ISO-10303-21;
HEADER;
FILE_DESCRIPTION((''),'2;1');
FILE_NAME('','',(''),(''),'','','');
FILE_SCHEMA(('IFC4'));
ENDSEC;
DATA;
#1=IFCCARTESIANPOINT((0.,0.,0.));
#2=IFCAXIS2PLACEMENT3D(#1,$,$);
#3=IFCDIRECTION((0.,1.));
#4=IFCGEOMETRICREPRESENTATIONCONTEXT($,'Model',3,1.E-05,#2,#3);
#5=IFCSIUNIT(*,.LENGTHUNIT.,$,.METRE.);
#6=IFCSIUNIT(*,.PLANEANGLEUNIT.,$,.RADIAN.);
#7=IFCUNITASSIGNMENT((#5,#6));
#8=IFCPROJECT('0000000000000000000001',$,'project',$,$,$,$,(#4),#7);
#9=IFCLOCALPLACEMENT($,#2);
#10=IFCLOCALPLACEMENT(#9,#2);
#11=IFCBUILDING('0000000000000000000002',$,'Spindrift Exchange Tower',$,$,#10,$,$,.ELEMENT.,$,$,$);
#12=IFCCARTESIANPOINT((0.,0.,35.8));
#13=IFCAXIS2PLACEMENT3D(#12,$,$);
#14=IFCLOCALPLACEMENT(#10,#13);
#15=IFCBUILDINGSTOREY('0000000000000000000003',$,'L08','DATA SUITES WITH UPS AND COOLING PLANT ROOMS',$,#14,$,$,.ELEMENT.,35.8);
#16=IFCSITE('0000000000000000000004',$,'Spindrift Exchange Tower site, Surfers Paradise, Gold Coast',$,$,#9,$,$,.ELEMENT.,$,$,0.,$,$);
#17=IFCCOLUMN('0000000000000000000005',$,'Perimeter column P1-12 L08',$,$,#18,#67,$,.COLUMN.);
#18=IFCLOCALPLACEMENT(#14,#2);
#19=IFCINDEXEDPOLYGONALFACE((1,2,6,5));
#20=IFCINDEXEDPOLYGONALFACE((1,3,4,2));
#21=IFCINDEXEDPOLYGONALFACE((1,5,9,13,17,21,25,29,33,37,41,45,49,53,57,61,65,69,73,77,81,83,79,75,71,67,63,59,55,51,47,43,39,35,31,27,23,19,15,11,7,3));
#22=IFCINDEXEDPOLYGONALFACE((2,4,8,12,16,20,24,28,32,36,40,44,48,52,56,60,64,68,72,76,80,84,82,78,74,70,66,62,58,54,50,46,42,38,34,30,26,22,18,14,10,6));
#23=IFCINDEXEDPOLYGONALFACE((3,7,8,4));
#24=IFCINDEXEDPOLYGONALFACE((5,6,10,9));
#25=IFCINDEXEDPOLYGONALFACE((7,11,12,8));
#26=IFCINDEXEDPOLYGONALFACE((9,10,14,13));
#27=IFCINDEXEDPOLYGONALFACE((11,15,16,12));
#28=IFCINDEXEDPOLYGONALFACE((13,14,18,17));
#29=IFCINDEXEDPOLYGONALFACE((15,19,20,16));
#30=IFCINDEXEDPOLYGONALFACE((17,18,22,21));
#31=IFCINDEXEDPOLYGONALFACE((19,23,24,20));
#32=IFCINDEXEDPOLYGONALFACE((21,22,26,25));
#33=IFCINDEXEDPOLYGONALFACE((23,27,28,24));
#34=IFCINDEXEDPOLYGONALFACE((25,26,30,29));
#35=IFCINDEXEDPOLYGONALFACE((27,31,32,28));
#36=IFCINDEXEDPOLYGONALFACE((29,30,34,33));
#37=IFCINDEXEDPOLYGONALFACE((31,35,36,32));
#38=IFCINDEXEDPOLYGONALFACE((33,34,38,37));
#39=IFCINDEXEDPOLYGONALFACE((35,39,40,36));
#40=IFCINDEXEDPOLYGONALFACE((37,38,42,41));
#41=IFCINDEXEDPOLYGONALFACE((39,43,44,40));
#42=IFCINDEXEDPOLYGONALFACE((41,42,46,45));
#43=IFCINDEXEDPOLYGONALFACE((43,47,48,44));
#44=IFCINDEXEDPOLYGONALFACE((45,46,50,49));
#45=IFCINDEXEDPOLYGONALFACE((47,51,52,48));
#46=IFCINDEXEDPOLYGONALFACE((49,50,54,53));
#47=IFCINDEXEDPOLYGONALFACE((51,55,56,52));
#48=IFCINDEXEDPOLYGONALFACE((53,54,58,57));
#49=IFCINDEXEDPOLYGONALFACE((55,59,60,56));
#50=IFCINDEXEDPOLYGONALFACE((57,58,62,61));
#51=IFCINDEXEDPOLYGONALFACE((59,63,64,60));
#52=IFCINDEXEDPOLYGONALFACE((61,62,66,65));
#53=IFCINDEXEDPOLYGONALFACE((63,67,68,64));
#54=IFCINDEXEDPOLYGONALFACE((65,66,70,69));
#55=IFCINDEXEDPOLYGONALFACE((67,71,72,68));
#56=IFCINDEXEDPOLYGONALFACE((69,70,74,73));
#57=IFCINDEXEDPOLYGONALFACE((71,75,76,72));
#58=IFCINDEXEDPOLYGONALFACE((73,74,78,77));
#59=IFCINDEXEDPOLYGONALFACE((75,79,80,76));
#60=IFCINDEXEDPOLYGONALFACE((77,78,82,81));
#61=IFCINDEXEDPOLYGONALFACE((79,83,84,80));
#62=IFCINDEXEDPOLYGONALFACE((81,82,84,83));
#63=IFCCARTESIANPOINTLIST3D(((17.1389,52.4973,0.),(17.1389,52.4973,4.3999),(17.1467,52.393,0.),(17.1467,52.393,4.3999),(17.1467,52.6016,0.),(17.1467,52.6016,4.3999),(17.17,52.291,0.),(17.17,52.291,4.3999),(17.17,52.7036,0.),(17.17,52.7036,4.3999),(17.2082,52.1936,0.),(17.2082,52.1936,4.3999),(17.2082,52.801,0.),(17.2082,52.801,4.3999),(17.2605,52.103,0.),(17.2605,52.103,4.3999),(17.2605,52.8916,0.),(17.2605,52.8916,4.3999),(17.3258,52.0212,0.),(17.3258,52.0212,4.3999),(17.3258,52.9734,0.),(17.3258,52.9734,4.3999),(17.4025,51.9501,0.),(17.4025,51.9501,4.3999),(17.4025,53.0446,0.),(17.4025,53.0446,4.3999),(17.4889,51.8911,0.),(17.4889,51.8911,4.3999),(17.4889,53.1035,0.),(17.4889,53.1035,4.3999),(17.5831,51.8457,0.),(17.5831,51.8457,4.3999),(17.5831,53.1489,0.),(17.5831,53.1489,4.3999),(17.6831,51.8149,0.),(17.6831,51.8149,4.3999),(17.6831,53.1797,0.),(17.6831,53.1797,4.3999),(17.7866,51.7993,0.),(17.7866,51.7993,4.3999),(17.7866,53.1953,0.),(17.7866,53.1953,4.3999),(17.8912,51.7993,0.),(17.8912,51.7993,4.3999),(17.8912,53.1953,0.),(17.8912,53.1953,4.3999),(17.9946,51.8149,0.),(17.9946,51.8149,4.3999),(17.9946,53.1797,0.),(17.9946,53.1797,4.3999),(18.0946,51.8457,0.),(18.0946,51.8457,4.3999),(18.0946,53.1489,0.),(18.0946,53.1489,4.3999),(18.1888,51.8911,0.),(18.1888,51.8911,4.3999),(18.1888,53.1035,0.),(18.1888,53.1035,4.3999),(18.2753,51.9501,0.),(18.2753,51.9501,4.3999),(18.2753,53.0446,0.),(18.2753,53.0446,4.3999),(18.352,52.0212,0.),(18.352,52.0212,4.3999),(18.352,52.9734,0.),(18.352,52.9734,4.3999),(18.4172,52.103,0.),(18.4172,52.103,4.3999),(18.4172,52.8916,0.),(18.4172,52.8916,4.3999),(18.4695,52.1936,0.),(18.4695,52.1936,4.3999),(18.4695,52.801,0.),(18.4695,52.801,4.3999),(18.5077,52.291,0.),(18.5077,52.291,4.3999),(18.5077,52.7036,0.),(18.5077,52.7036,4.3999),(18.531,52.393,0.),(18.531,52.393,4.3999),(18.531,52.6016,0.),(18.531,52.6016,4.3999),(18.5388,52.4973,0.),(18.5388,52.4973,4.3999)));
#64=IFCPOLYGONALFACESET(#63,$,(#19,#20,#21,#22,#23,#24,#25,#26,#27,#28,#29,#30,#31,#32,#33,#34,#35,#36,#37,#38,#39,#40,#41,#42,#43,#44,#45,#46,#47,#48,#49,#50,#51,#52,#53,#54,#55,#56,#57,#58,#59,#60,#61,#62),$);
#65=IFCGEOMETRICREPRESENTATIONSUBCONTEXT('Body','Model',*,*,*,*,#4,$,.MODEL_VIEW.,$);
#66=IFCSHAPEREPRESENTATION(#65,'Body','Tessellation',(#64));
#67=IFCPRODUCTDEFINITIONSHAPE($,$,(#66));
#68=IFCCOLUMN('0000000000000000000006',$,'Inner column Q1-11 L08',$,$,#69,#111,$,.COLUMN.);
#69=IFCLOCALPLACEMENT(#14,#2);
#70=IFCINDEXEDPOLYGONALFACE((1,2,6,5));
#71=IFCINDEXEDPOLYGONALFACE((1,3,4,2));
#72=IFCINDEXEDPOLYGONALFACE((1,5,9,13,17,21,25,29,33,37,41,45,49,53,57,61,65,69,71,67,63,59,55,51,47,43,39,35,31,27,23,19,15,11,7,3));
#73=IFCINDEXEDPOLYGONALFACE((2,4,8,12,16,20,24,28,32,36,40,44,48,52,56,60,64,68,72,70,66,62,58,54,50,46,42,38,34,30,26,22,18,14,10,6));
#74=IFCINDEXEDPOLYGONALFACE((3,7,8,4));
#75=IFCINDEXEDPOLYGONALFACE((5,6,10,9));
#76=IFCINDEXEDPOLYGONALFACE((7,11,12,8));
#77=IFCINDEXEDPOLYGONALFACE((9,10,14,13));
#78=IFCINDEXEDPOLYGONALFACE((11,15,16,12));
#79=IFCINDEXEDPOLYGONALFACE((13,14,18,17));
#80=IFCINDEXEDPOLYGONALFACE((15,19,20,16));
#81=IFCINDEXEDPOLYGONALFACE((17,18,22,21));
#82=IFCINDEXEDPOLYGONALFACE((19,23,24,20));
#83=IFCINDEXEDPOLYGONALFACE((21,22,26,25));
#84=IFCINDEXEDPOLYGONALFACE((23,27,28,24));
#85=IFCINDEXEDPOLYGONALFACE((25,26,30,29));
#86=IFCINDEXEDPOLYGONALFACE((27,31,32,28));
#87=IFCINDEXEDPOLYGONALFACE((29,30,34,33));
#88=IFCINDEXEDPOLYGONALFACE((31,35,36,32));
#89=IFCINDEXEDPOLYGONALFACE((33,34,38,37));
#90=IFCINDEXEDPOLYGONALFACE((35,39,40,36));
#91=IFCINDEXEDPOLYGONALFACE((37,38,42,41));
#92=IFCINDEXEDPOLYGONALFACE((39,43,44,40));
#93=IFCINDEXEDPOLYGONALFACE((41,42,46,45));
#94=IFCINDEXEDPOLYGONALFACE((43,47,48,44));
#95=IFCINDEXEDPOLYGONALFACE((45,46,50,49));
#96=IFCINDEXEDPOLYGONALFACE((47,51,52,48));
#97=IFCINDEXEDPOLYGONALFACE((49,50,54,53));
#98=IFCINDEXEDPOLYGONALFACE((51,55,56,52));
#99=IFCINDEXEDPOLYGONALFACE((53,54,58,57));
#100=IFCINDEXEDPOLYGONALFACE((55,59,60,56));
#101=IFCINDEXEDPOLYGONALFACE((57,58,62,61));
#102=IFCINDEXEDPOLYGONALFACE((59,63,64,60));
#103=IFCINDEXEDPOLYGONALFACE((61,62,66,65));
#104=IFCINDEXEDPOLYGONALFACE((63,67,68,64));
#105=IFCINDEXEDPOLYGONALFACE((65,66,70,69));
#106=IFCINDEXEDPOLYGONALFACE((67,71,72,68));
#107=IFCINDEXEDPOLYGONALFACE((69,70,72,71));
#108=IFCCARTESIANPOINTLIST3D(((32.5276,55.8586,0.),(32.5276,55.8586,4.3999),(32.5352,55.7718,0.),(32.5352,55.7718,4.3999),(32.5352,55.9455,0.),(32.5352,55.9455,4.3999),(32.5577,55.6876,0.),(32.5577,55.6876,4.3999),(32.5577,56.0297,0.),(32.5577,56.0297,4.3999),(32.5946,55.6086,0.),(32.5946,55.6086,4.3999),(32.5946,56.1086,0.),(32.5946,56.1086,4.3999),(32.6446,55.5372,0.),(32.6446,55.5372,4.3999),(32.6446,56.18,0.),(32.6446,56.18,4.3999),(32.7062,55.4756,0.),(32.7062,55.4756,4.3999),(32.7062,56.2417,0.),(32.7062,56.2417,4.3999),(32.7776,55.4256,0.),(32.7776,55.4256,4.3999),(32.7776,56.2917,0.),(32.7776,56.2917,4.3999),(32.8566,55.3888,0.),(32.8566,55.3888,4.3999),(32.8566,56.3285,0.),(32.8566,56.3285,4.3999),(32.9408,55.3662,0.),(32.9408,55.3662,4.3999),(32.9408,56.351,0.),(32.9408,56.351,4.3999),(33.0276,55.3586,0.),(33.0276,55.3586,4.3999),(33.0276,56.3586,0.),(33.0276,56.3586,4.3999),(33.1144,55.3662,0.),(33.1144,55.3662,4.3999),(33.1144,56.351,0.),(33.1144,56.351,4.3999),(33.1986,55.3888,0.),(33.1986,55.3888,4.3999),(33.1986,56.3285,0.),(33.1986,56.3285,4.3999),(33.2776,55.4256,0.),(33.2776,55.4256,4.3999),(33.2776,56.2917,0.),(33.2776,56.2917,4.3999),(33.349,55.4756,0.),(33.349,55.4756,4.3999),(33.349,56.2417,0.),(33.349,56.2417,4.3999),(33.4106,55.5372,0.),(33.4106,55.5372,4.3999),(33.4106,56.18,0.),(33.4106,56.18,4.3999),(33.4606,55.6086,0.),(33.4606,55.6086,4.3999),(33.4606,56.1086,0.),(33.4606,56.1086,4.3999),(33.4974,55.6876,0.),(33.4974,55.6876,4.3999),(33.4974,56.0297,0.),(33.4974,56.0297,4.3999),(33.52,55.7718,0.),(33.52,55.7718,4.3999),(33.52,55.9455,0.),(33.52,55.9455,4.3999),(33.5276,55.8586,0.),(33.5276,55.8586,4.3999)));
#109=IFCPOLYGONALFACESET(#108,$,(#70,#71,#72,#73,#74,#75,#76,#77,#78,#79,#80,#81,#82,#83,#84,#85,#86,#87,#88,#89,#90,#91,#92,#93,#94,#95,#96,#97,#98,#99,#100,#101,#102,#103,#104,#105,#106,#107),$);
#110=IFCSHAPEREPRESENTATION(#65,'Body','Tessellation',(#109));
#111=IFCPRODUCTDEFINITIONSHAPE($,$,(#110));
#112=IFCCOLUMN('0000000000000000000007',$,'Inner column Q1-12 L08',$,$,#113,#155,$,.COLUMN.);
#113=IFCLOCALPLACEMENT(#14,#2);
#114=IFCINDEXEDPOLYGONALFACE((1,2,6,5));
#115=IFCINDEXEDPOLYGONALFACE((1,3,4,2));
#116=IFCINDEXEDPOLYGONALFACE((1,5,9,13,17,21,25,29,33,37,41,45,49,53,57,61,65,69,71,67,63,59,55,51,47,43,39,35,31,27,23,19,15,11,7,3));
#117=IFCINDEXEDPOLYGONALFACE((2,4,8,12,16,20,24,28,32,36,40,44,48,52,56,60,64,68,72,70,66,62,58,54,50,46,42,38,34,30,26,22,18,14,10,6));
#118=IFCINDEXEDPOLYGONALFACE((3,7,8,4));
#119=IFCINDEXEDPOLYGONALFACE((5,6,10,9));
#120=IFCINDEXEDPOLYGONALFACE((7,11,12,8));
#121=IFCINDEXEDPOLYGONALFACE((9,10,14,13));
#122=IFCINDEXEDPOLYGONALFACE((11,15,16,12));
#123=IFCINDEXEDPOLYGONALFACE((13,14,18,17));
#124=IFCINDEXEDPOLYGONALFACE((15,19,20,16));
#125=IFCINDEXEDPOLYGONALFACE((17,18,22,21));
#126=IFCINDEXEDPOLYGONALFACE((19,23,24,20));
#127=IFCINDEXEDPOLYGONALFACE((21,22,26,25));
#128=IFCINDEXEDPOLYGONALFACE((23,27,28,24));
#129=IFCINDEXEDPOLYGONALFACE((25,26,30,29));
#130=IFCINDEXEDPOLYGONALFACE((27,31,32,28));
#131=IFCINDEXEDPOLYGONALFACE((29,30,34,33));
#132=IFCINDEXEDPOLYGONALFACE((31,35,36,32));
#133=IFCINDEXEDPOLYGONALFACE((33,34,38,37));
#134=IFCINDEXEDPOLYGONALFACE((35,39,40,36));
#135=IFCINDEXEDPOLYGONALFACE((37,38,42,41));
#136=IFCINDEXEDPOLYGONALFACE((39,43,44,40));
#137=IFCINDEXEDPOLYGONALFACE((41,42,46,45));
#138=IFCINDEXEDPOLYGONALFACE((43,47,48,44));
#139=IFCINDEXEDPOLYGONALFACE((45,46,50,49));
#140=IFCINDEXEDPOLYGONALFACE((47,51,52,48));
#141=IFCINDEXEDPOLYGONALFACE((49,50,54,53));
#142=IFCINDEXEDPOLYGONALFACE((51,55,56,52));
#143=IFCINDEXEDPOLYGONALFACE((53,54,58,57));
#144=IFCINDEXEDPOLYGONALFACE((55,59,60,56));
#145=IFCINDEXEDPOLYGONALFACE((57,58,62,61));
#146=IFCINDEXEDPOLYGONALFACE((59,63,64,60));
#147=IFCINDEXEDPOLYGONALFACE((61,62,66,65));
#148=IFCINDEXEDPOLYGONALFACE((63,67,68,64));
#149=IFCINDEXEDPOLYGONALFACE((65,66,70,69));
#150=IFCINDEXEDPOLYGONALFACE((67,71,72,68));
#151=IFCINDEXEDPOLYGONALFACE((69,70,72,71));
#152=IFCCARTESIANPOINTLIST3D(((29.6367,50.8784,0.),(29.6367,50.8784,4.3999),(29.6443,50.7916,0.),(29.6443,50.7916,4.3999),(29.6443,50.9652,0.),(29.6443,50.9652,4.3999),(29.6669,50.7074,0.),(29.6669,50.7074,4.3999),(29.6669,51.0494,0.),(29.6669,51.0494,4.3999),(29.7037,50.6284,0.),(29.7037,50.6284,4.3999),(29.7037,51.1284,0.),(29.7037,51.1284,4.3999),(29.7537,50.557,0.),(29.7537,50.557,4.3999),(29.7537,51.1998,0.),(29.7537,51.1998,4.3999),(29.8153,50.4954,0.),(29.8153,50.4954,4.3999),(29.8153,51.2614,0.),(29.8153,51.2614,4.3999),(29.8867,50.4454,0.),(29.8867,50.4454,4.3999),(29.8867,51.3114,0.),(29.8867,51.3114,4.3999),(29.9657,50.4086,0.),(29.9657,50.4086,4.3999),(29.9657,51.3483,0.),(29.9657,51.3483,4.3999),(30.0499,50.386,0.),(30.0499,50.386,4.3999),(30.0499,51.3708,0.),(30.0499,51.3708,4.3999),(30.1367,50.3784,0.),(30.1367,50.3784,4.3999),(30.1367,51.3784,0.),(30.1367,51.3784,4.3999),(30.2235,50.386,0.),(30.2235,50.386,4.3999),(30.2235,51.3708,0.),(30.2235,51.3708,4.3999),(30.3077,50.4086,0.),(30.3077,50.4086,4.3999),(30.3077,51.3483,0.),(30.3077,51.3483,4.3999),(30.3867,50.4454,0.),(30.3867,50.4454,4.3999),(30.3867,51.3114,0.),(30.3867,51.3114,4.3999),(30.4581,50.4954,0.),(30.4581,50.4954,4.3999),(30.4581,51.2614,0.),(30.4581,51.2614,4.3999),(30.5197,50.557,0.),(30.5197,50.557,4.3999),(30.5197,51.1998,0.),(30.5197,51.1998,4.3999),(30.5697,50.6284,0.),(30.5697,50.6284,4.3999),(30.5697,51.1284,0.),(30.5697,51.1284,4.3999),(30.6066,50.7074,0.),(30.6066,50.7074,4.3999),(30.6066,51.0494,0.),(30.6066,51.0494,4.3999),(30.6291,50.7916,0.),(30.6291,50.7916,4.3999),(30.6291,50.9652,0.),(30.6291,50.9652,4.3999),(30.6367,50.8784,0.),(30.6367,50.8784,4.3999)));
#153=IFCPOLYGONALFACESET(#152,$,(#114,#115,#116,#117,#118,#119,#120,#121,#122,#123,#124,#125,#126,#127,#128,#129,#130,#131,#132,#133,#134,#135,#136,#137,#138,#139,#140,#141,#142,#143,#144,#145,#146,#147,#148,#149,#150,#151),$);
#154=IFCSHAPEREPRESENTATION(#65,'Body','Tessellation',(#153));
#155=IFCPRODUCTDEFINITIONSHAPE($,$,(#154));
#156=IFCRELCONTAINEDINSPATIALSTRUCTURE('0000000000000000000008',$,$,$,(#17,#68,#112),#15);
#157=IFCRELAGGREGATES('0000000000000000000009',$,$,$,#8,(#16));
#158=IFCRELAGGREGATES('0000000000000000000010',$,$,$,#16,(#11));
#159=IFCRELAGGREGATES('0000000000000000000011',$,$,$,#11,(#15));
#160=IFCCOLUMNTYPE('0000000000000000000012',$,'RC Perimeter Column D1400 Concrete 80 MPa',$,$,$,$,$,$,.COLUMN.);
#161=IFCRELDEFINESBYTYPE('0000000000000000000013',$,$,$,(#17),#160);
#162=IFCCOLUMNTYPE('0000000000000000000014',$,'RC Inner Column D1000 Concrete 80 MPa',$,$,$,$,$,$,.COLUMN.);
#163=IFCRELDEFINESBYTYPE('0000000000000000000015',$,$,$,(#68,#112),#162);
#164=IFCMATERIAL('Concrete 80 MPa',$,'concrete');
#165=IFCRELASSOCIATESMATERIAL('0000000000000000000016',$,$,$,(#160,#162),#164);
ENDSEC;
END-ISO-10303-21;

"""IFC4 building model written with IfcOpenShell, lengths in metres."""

from ifc_helpers import new_model, si_unit, direction, frame, origin, origin_2d, place, context, subcontext, project, spatial, circle, extrude, source, transform, mapped, material, material_profile, profile_set, type_object, element, save


model = new_model("IFC4")

# Units and contexts
model_context = context("Model", 3, precision=1e-05, world=origin(), true_north=direction((0.0, 1.0)))
body_context = subcontext(model_context, "Body", "Model", "MODEL_VIEW")
ifc_project = project(units=[si_unit("LENGTHUNIT", "METRE"), si_unit("PLANEANGLEUNIT", "RADIAN")], contexts=[model_context])

# Site, building, storey
site_placement = place(None, origin())
site = spatial("IfcSite", under=ifc_project, at=site_placement, Name="Spindrift Exchange Tower site, Surfers Paradise, Gold Coast", CompositionType="ELEMENT", RefElevation=0.0)
building_placement = place(site_placement, origin())
building = spatial("IfcBuilding", under=site, at=building_placement, Name="Spindrift Exchange Tower", CompositionType="ELEMENT")
storey_placement = place(building_placement, frame((0.0, 0.0, 35.8)))
storey = spatial("IfcBuildingStorey", under=building, at=storey_placement, Name="L08", Description="DATA SUITES WITH UPS AND COOLING PLANT ROOMS", CompositionType="ELEMENT", Elevation=35.8)

# Columns
ifc_material_1 = material(Name="Concrete 80 MPa", Category="concrete")
ifc_material_profile_1 = material_profile(ifc_material_1, circle(Radius=0.7, at=origin_2d()), Name="RC D1400")
ifc_profile_set_1 = profile_set([ifc_material_profile_1], Name="Concrete 80 MPa")
column_type_1 = type_object("IfcColumnType", Name="RC Perimeter Column D1400 Concrete 80 MPa", PredefinedType="COLUMN", material=ifc_profile_set_1)
shared_shape_1 = source(origin(), body_context, "Body", "SweptSolid", [
    extrude(circle(Radius=0.7, at=origin_2d()), origin(), (0.0, 0.0, 1.0), 4.3999),
])
column_placement = place(storey_placement, frame((17.8389, 52.4973, 0.0), z_axis=(0.0, 0.0, 1.0), x_axis=(1.0, 0.0, 0.0)))
element("IfcColumn", 1, at=column_placement, inside=storey, type_object=column_type_1, Name="Perimeter column P1-12 L08", PredefinedType="COLUMN", context=body_context, shape_type="MappedRepresentation", body=[
    mapped(shared_shape_1, transform((0.0, 0.0, 0.0), scale=1.0)),
])
ifc_material_profile_2 = material_profile(ifc_material_1, circle(Radius=0.5, at=origin_2d()), Name="RC D1000")
ifc_profile_set_2 = profile_set([ifc_material_profile_2], Name="Concrete 80 MPa")
column_type_2 = type_object("IfcColumnType", Name="RC Inner Column D1000 Concrete 80 MPa", PredefinedType="COLUMN", material=ifc_profile_set_2)
shared_shape_2 = source(origin(), body_context, "Body", "SweptSolid", [
    extrude(circle(Radius=0.5, at=origin_2d()), origin(), (0.0, 0.0, 1.0), 4.3999),
])
for number, where, z_axis, x_axis, name in (
    (2, (33.0276, 55.8586, 0.0), (0.0, 0.0, 1.0), (1.0, 0.0, 0.0), "Inner column Q1-11 L08"),
    (3, (30.1367, 50.8784, 0.0), (0.0, 0.0, 1.0), (1.0, 0.0, 0.0), "Inner column Q1-12 L08"),
):
    element("IfcColumn", number, at=place(storey_placement, frame(where, z_axis=z_axis, x_axis=x_axis)), inside=storey, type_object=column_type_2, Name=name, PredefinedType="COLUMN", context=body_context, shape_type="MappedRepresentation", body=[
        mapped(shared_shape_2, transform((0.0, 0.0, 0.0), scale=1.0)),
    ])

save(model, "model.ifc")
